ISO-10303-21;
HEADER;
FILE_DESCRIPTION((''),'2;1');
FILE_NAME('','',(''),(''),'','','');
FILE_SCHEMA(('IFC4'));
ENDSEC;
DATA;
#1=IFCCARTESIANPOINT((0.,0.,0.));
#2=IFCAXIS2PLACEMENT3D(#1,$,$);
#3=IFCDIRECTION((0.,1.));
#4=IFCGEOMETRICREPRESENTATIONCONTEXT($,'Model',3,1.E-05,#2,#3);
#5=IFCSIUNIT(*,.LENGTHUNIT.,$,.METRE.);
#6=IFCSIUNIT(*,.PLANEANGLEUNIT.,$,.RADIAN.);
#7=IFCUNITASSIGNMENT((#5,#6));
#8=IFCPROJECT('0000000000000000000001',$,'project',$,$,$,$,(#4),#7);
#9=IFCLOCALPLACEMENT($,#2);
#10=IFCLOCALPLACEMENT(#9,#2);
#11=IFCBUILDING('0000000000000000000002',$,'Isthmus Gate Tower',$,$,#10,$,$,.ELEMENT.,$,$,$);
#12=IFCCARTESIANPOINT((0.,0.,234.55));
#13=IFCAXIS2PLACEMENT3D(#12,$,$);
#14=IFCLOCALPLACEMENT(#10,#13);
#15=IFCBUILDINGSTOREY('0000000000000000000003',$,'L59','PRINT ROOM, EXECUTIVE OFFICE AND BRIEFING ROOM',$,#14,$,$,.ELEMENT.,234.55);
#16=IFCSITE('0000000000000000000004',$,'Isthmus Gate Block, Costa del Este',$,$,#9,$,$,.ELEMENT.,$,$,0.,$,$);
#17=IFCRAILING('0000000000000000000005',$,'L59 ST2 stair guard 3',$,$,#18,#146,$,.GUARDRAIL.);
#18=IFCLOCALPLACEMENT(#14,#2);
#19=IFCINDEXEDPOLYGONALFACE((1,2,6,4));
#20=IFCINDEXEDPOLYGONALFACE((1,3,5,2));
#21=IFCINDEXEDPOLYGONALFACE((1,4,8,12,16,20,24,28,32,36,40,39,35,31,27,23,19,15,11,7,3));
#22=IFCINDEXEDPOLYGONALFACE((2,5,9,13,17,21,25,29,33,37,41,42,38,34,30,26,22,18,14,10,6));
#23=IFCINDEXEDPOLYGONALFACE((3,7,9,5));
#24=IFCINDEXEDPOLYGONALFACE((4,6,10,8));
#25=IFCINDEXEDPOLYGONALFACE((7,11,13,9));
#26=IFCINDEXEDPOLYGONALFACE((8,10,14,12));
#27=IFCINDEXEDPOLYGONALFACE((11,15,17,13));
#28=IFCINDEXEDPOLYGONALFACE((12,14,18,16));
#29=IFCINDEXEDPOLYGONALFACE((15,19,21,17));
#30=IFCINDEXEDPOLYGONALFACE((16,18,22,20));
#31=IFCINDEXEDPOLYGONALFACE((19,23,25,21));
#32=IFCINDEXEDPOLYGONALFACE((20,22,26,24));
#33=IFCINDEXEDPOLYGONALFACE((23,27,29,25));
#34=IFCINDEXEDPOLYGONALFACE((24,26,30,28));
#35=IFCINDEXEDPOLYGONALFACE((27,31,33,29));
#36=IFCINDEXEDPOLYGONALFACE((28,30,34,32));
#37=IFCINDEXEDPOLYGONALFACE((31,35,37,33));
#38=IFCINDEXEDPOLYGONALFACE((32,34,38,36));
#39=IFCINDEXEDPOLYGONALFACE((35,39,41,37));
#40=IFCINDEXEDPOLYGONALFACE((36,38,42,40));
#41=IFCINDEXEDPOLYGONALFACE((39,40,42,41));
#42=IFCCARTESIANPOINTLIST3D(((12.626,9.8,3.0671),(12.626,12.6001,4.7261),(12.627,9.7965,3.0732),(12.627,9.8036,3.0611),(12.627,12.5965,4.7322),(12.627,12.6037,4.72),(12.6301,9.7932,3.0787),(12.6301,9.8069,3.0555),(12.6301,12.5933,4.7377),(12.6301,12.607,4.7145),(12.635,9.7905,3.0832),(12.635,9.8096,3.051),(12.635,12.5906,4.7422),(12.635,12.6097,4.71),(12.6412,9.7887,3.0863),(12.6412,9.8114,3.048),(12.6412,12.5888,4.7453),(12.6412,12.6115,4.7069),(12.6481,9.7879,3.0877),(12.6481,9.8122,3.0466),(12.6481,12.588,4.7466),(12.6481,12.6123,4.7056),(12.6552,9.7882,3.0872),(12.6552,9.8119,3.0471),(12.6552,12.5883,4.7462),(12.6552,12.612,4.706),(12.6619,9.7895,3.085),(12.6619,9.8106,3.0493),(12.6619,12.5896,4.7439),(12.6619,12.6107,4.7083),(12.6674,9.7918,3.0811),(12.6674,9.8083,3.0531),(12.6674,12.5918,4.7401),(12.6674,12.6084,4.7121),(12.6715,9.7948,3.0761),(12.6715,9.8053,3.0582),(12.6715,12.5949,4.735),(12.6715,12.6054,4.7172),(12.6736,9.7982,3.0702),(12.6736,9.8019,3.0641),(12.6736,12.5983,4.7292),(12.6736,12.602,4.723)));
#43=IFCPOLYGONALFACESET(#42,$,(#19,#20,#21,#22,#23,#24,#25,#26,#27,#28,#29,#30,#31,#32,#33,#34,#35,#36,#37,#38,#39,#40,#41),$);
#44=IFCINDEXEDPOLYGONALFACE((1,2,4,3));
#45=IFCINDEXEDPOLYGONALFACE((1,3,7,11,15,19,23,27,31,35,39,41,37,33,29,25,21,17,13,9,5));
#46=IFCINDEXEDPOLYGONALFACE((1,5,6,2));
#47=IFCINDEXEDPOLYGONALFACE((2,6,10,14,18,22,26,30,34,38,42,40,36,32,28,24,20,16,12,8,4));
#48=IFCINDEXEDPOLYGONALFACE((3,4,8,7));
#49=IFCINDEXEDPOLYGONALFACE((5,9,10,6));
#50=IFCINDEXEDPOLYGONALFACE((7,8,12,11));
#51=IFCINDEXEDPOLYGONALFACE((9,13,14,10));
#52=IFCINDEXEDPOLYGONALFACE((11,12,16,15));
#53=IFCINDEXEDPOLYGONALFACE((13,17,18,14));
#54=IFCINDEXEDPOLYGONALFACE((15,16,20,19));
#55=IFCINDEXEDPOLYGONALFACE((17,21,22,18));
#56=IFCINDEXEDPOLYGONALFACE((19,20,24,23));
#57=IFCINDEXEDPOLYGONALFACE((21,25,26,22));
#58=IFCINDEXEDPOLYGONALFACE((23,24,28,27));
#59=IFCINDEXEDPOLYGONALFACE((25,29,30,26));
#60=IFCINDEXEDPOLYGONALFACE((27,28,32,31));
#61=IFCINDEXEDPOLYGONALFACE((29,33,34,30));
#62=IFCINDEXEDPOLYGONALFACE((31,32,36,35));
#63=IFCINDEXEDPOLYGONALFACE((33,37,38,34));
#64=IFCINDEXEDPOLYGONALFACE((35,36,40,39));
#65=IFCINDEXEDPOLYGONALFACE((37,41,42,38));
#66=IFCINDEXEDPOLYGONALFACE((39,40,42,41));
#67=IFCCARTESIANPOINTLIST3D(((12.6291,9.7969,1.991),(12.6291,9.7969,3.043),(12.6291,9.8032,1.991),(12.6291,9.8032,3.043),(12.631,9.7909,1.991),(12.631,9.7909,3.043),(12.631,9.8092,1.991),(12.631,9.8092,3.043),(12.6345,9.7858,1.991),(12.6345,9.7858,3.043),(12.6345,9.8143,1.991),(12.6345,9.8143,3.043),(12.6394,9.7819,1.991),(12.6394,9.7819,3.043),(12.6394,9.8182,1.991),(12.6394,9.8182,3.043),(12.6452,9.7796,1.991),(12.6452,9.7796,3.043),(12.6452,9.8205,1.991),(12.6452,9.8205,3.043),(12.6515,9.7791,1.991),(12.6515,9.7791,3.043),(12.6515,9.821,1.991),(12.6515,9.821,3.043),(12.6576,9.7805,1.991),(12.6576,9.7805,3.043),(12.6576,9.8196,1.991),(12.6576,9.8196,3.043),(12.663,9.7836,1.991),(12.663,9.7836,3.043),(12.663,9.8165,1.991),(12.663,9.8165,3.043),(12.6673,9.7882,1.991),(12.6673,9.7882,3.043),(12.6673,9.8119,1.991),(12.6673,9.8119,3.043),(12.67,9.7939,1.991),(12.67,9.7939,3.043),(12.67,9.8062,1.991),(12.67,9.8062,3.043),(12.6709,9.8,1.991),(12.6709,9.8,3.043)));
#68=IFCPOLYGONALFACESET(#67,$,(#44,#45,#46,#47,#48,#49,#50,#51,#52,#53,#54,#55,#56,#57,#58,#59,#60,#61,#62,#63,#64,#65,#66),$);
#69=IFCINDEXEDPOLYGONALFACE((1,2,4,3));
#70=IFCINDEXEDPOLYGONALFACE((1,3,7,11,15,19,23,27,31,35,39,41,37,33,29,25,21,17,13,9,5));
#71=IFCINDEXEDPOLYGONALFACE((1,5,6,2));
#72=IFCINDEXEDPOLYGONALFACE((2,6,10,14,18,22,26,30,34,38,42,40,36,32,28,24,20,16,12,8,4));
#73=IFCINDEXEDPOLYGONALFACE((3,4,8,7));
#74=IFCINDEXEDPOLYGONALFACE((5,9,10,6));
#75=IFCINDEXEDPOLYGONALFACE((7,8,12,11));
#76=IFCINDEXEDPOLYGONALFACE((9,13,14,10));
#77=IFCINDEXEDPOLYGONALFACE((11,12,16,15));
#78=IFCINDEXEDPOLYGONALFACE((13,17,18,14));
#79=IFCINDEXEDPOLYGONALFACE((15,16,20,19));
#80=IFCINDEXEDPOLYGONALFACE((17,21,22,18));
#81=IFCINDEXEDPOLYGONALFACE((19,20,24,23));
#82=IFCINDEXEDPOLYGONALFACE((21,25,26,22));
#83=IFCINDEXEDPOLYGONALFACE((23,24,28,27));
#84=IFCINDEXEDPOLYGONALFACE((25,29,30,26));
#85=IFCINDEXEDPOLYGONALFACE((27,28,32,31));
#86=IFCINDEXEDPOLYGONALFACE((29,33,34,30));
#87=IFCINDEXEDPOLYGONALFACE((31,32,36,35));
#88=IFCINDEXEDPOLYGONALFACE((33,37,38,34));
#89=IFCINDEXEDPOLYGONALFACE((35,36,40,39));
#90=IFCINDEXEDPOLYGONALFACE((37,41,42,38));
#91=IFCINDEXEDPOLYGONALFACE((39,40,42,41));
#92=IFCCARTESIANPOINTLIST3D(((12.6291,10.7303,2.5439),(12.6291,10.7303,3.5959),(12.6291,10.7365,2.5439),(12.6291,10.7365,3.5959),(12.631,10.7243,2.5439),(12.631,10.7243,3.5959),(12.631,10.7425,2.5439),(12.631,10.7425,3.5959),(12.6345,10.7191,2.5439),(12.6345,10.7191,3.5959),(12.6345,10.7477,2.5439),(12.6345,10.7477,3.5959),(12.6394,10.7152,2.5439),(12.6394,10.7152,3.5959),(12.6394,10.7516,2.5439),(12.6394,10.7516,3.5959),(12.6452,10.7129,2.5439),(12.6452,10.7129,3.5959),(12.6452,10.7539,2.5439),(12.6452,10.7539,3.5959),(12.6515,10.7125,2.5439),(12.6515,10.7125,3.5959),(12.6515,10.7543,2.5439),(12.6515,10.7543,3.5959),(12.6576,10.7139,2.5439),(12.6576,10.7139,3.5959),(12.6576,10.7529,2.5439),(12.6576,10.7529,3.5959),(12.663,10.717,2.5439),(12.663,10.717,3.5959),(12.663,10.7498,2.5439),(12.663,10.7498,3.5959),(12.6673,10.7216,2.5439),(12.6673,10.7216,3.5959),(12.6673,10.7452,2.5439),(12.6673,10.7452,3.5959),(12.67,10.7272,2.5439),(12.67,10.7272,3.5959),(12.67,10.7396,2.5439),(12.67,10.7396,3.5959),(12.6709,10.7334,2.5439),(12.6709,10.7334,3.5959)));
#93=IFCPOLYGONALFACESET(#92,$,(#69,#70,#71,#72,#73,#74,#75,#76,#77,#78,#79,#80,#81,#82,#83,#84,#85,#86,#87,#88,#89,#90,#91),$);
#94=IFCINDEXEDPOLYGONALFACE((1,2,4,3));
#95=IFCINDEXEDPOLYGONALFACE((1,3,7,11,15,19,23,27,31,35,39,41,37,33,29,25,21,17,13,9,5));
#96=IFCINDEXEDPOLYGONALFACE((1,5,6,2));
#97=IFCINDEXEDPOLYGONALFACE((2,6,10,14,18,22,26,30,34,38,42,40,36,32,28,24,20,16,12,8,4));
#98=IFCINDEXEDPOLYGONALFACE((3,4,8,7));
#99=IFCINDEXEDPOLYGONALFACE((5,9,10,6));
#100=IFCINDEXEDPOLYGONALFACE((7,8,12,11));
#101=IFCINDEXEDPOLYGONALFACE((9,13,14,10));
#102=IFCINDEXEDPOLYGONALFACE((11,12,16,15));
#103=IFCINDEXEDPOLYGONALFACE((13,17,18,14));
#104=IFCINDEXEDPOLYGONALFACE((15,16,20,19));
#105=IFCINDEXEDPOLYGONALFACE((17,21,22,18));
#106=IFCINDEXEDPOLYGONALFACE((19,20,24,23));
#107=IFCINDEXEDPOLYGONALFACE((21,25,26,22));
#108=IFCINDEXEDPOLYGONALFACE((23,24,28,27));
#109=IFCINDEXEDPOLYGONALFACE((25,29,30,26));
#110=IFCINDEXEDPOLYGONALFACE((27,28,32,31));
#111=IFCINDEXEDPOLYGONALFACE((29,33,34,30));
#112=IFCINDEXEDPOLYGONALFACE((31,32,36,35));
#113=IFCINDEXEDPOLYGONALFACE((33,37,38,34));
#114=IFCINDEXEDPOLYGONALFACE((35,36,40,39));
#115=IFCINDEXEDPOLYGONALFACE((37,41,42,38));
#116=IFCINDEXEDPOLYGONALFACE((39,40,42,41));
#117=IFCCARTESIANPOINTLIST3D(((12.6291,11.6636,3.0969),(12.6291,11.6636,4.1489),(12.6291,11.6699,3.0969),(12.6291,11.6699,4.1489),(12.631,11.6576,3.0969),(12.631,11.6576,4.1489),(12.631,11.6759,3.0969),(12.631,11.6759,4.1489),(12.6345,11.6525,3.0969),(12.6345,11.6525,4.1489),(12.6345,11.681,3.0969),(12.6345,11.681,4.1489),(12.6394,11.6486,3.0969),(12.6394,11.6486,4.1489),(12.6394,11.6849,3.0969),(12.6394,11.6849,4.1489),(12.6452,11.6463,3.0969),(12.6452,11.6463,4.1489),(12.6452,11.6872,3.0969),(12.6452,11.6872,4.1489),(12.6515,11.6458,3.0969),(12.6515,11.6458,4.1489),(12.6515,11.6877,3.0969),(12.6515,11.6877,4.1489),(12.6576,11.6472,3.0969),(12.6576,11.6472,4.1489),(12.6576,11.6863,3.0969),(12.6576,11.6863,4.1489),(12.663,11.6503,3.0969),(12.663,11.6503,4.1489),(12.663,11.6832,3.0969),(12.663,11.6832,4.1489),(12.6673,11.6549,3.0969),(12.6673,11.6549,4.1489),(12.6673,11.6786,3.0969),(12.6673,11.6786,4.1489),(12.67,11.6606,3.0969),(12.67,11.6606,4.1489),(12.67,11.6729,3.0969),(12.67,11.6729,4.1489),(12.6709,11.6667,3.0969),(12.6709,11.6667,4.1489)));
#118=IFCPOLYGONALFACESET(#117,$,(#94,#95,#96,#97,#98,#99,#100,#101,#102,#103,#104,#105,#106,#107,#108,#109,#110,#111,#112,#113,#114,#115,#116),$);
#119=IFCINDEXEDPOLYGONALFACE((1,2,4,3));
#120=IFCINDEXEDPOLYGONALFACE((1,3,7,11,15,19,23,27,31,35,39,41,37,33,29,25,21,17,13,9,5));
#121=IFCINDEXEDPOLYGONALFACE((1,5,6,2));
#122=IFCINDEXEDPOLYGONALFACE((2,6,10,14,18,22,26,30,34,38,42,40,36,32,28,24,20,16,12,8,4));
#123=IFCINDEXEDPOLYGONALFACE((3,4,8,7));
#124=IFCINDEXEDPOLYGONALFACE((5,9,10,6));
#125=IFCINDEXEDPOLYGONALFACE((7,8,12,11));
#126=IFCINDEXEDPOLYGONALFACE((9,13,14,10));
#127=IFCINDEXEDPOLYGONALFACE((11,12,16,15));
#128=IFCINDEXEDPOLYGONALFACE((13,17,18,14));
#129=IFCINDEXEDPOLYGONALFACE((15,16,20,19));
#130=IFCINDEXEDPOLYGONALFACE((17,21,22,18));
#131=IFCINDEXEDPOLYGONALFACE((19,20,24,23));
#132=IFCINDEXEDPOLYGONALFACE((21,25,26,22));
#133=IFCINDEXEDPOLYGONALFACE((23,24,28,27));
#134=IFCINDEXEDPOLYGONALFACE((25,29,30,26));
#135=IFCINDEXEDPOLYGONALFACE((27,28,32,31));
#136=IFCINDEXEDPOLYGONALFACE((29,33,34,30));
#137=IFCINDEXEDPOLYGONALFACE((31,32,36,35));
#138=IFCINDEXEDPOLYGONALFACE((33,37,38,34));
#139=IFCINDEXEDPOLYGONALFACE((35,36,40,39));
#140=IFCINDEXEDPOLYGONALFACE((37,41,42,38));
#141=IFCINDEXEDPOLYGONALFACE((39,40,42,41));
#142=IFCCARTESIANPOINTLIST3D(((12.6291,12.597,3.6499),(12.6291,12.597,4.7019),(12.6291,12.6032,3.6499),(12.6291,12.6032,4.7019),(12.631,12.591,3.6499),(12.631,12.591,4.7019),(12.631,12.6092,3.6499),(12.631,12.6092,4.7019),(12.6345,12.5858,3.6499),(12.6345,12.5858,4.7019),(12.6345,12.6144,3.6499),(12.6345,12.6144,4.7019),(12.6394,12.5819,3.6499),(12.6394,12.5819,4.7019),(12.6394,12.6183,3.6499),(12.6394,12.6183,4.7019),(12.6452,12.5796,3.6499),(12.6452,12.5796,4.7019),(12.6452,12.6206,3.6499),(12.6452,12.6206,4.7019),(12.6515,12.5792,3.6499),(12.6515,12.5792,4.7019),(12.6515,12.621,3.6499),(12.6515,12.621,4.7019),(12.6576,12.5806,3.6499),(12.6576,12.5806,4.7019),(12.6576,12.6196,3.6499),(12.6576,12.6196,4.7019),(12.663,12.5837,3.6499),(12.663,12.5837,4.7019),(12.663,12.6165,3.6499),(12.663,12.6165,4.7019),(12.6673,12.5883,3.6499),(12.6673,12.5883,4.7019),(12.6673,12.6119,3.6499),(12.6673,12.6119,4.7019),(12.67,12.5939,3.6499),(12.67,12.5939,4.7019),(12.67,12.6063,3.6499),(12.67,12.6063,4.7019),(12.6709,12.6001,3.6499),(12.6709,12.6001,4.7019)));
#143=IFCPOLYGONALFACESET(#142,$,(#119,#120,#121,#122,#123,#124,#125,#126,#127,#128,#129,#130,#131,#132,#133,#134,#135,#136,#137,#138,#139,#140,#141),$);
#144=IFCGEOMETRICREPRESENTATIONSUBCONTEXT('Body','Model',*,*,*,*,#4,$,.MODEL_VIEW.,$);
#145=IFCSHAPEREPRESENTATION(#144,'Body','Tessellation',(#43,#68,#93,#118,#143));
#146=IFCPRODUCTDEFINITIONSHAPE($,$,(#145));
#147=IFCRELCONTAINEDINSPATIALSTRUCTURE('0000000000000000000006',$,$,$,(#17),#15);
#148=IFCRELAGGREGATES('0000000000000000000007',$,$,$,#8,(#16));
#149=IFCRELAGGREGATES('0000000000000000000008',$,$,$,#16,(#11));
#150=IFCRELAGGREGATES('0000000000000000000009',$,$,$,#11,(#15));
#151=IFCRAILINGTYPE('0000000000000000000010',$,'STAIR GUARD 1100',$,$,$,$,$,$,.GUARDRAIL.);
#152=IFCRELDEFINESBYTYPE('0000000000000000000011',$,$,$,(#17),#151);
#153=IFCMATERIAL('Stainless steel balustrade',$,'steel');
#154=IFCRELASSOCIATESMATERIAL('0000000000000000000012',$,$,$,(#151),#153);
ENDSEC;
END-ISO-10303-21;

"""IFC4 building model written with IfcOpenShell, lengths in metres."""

from ifc_helpers import new_model, si_unit, direction, frame, origin, origin_2d, place, context, subcontext, project, spatial, circle, extrude, material, type_object, element, save


model = new_model("IFC4")

# Units and contexts
model_context = context("Model", 3, precision=1e-05, world=origin(), true_north=direction((0.0, 1.0)))
body_context = subcontext(model_context, "Body", "Model", "MODEL_VIEW")
ifc_project = project(units=[si_unit("LENGTHUNIT", "METRE"), si_unit("PLANEANGLEUNIT", "RADIAN")], contexts=[model_context])

# Site, building, storey
site_placement = place(None, origin())
site = spatial("IfcSite", under=ifc_project, at=site_placement, Name="Isthmus Gate Block, Costa del Este", CompositionType="ELEMENT", RefElevation=0.0)
building_placement = place(site_placement, origin())
building = spatial("IfcBuilding", under=site, at=building_placement, Name="Isthmus Gate Tower", CompositionType="ELEMENT")
storey_placement = place(building_placement, frame((0.0, 0.0, 234.55)))
storey = spatial("IfcBuildingStorey", under=building, at=storey_placement, Name="L59", Description="PRINT ROOM, EXECUTIVE OFFICE AND BRIEFING ROOM", CompositionType="ELEMENT", Elevation=234.55)

# Railing
ifc_material_1 = material(Name="Stainless steel balustrade", Category="steel")
railing_type_1 = type_object("IfcRailingType", Name="STAIR GUARD 1100", PredefinedType="GUARDRAIL", material=ifc_material_1)
railing_1_placement = place(storey_placement, frame((12.6499, 9.8, 1.991)))
element("IfcRailing", 1, at=railing_1_placement, inside=storey, type_object=railing_type_1, Name="L59 ST2 stair guard 3", PredefinedType="GUARDRAIL", context=body_context, shape_type="SweptSolid", body=[
    extrude(circle(Radius=0.0239, at=origin_2d()), frame((0.0, 0.0, 1.0762), z_axis=(0.0, 0.860339, 0.509722), x_axis=(-1.0, 0.0, 0.0)), (0.0, 0.0, 1.0), 3.2546),
    extrude(circle(Radius=0.021, at=origin_2d()), origin(), (0.0, 0.0, 1.0), 1.052),
    extrude(circle(Radius=0.021, at=origin_2d()), frame((0.0, 0.9333, 0.553)), (0.0, 0.0, 1.0), 1.052),
    extrude(circle(Radius=0.021, at=origin_2d()), frame((0.0, 1.8667, 1.106)), (0.0, 0.0, 1.0), 1.052),
    extrude(circle(Radius=0.021, at=origin_2d()), frame((0.0, 2.8, 1.6589)), (0.0, 0.0, 1.0), 1.052),
])

save(model, "model.ifc")
